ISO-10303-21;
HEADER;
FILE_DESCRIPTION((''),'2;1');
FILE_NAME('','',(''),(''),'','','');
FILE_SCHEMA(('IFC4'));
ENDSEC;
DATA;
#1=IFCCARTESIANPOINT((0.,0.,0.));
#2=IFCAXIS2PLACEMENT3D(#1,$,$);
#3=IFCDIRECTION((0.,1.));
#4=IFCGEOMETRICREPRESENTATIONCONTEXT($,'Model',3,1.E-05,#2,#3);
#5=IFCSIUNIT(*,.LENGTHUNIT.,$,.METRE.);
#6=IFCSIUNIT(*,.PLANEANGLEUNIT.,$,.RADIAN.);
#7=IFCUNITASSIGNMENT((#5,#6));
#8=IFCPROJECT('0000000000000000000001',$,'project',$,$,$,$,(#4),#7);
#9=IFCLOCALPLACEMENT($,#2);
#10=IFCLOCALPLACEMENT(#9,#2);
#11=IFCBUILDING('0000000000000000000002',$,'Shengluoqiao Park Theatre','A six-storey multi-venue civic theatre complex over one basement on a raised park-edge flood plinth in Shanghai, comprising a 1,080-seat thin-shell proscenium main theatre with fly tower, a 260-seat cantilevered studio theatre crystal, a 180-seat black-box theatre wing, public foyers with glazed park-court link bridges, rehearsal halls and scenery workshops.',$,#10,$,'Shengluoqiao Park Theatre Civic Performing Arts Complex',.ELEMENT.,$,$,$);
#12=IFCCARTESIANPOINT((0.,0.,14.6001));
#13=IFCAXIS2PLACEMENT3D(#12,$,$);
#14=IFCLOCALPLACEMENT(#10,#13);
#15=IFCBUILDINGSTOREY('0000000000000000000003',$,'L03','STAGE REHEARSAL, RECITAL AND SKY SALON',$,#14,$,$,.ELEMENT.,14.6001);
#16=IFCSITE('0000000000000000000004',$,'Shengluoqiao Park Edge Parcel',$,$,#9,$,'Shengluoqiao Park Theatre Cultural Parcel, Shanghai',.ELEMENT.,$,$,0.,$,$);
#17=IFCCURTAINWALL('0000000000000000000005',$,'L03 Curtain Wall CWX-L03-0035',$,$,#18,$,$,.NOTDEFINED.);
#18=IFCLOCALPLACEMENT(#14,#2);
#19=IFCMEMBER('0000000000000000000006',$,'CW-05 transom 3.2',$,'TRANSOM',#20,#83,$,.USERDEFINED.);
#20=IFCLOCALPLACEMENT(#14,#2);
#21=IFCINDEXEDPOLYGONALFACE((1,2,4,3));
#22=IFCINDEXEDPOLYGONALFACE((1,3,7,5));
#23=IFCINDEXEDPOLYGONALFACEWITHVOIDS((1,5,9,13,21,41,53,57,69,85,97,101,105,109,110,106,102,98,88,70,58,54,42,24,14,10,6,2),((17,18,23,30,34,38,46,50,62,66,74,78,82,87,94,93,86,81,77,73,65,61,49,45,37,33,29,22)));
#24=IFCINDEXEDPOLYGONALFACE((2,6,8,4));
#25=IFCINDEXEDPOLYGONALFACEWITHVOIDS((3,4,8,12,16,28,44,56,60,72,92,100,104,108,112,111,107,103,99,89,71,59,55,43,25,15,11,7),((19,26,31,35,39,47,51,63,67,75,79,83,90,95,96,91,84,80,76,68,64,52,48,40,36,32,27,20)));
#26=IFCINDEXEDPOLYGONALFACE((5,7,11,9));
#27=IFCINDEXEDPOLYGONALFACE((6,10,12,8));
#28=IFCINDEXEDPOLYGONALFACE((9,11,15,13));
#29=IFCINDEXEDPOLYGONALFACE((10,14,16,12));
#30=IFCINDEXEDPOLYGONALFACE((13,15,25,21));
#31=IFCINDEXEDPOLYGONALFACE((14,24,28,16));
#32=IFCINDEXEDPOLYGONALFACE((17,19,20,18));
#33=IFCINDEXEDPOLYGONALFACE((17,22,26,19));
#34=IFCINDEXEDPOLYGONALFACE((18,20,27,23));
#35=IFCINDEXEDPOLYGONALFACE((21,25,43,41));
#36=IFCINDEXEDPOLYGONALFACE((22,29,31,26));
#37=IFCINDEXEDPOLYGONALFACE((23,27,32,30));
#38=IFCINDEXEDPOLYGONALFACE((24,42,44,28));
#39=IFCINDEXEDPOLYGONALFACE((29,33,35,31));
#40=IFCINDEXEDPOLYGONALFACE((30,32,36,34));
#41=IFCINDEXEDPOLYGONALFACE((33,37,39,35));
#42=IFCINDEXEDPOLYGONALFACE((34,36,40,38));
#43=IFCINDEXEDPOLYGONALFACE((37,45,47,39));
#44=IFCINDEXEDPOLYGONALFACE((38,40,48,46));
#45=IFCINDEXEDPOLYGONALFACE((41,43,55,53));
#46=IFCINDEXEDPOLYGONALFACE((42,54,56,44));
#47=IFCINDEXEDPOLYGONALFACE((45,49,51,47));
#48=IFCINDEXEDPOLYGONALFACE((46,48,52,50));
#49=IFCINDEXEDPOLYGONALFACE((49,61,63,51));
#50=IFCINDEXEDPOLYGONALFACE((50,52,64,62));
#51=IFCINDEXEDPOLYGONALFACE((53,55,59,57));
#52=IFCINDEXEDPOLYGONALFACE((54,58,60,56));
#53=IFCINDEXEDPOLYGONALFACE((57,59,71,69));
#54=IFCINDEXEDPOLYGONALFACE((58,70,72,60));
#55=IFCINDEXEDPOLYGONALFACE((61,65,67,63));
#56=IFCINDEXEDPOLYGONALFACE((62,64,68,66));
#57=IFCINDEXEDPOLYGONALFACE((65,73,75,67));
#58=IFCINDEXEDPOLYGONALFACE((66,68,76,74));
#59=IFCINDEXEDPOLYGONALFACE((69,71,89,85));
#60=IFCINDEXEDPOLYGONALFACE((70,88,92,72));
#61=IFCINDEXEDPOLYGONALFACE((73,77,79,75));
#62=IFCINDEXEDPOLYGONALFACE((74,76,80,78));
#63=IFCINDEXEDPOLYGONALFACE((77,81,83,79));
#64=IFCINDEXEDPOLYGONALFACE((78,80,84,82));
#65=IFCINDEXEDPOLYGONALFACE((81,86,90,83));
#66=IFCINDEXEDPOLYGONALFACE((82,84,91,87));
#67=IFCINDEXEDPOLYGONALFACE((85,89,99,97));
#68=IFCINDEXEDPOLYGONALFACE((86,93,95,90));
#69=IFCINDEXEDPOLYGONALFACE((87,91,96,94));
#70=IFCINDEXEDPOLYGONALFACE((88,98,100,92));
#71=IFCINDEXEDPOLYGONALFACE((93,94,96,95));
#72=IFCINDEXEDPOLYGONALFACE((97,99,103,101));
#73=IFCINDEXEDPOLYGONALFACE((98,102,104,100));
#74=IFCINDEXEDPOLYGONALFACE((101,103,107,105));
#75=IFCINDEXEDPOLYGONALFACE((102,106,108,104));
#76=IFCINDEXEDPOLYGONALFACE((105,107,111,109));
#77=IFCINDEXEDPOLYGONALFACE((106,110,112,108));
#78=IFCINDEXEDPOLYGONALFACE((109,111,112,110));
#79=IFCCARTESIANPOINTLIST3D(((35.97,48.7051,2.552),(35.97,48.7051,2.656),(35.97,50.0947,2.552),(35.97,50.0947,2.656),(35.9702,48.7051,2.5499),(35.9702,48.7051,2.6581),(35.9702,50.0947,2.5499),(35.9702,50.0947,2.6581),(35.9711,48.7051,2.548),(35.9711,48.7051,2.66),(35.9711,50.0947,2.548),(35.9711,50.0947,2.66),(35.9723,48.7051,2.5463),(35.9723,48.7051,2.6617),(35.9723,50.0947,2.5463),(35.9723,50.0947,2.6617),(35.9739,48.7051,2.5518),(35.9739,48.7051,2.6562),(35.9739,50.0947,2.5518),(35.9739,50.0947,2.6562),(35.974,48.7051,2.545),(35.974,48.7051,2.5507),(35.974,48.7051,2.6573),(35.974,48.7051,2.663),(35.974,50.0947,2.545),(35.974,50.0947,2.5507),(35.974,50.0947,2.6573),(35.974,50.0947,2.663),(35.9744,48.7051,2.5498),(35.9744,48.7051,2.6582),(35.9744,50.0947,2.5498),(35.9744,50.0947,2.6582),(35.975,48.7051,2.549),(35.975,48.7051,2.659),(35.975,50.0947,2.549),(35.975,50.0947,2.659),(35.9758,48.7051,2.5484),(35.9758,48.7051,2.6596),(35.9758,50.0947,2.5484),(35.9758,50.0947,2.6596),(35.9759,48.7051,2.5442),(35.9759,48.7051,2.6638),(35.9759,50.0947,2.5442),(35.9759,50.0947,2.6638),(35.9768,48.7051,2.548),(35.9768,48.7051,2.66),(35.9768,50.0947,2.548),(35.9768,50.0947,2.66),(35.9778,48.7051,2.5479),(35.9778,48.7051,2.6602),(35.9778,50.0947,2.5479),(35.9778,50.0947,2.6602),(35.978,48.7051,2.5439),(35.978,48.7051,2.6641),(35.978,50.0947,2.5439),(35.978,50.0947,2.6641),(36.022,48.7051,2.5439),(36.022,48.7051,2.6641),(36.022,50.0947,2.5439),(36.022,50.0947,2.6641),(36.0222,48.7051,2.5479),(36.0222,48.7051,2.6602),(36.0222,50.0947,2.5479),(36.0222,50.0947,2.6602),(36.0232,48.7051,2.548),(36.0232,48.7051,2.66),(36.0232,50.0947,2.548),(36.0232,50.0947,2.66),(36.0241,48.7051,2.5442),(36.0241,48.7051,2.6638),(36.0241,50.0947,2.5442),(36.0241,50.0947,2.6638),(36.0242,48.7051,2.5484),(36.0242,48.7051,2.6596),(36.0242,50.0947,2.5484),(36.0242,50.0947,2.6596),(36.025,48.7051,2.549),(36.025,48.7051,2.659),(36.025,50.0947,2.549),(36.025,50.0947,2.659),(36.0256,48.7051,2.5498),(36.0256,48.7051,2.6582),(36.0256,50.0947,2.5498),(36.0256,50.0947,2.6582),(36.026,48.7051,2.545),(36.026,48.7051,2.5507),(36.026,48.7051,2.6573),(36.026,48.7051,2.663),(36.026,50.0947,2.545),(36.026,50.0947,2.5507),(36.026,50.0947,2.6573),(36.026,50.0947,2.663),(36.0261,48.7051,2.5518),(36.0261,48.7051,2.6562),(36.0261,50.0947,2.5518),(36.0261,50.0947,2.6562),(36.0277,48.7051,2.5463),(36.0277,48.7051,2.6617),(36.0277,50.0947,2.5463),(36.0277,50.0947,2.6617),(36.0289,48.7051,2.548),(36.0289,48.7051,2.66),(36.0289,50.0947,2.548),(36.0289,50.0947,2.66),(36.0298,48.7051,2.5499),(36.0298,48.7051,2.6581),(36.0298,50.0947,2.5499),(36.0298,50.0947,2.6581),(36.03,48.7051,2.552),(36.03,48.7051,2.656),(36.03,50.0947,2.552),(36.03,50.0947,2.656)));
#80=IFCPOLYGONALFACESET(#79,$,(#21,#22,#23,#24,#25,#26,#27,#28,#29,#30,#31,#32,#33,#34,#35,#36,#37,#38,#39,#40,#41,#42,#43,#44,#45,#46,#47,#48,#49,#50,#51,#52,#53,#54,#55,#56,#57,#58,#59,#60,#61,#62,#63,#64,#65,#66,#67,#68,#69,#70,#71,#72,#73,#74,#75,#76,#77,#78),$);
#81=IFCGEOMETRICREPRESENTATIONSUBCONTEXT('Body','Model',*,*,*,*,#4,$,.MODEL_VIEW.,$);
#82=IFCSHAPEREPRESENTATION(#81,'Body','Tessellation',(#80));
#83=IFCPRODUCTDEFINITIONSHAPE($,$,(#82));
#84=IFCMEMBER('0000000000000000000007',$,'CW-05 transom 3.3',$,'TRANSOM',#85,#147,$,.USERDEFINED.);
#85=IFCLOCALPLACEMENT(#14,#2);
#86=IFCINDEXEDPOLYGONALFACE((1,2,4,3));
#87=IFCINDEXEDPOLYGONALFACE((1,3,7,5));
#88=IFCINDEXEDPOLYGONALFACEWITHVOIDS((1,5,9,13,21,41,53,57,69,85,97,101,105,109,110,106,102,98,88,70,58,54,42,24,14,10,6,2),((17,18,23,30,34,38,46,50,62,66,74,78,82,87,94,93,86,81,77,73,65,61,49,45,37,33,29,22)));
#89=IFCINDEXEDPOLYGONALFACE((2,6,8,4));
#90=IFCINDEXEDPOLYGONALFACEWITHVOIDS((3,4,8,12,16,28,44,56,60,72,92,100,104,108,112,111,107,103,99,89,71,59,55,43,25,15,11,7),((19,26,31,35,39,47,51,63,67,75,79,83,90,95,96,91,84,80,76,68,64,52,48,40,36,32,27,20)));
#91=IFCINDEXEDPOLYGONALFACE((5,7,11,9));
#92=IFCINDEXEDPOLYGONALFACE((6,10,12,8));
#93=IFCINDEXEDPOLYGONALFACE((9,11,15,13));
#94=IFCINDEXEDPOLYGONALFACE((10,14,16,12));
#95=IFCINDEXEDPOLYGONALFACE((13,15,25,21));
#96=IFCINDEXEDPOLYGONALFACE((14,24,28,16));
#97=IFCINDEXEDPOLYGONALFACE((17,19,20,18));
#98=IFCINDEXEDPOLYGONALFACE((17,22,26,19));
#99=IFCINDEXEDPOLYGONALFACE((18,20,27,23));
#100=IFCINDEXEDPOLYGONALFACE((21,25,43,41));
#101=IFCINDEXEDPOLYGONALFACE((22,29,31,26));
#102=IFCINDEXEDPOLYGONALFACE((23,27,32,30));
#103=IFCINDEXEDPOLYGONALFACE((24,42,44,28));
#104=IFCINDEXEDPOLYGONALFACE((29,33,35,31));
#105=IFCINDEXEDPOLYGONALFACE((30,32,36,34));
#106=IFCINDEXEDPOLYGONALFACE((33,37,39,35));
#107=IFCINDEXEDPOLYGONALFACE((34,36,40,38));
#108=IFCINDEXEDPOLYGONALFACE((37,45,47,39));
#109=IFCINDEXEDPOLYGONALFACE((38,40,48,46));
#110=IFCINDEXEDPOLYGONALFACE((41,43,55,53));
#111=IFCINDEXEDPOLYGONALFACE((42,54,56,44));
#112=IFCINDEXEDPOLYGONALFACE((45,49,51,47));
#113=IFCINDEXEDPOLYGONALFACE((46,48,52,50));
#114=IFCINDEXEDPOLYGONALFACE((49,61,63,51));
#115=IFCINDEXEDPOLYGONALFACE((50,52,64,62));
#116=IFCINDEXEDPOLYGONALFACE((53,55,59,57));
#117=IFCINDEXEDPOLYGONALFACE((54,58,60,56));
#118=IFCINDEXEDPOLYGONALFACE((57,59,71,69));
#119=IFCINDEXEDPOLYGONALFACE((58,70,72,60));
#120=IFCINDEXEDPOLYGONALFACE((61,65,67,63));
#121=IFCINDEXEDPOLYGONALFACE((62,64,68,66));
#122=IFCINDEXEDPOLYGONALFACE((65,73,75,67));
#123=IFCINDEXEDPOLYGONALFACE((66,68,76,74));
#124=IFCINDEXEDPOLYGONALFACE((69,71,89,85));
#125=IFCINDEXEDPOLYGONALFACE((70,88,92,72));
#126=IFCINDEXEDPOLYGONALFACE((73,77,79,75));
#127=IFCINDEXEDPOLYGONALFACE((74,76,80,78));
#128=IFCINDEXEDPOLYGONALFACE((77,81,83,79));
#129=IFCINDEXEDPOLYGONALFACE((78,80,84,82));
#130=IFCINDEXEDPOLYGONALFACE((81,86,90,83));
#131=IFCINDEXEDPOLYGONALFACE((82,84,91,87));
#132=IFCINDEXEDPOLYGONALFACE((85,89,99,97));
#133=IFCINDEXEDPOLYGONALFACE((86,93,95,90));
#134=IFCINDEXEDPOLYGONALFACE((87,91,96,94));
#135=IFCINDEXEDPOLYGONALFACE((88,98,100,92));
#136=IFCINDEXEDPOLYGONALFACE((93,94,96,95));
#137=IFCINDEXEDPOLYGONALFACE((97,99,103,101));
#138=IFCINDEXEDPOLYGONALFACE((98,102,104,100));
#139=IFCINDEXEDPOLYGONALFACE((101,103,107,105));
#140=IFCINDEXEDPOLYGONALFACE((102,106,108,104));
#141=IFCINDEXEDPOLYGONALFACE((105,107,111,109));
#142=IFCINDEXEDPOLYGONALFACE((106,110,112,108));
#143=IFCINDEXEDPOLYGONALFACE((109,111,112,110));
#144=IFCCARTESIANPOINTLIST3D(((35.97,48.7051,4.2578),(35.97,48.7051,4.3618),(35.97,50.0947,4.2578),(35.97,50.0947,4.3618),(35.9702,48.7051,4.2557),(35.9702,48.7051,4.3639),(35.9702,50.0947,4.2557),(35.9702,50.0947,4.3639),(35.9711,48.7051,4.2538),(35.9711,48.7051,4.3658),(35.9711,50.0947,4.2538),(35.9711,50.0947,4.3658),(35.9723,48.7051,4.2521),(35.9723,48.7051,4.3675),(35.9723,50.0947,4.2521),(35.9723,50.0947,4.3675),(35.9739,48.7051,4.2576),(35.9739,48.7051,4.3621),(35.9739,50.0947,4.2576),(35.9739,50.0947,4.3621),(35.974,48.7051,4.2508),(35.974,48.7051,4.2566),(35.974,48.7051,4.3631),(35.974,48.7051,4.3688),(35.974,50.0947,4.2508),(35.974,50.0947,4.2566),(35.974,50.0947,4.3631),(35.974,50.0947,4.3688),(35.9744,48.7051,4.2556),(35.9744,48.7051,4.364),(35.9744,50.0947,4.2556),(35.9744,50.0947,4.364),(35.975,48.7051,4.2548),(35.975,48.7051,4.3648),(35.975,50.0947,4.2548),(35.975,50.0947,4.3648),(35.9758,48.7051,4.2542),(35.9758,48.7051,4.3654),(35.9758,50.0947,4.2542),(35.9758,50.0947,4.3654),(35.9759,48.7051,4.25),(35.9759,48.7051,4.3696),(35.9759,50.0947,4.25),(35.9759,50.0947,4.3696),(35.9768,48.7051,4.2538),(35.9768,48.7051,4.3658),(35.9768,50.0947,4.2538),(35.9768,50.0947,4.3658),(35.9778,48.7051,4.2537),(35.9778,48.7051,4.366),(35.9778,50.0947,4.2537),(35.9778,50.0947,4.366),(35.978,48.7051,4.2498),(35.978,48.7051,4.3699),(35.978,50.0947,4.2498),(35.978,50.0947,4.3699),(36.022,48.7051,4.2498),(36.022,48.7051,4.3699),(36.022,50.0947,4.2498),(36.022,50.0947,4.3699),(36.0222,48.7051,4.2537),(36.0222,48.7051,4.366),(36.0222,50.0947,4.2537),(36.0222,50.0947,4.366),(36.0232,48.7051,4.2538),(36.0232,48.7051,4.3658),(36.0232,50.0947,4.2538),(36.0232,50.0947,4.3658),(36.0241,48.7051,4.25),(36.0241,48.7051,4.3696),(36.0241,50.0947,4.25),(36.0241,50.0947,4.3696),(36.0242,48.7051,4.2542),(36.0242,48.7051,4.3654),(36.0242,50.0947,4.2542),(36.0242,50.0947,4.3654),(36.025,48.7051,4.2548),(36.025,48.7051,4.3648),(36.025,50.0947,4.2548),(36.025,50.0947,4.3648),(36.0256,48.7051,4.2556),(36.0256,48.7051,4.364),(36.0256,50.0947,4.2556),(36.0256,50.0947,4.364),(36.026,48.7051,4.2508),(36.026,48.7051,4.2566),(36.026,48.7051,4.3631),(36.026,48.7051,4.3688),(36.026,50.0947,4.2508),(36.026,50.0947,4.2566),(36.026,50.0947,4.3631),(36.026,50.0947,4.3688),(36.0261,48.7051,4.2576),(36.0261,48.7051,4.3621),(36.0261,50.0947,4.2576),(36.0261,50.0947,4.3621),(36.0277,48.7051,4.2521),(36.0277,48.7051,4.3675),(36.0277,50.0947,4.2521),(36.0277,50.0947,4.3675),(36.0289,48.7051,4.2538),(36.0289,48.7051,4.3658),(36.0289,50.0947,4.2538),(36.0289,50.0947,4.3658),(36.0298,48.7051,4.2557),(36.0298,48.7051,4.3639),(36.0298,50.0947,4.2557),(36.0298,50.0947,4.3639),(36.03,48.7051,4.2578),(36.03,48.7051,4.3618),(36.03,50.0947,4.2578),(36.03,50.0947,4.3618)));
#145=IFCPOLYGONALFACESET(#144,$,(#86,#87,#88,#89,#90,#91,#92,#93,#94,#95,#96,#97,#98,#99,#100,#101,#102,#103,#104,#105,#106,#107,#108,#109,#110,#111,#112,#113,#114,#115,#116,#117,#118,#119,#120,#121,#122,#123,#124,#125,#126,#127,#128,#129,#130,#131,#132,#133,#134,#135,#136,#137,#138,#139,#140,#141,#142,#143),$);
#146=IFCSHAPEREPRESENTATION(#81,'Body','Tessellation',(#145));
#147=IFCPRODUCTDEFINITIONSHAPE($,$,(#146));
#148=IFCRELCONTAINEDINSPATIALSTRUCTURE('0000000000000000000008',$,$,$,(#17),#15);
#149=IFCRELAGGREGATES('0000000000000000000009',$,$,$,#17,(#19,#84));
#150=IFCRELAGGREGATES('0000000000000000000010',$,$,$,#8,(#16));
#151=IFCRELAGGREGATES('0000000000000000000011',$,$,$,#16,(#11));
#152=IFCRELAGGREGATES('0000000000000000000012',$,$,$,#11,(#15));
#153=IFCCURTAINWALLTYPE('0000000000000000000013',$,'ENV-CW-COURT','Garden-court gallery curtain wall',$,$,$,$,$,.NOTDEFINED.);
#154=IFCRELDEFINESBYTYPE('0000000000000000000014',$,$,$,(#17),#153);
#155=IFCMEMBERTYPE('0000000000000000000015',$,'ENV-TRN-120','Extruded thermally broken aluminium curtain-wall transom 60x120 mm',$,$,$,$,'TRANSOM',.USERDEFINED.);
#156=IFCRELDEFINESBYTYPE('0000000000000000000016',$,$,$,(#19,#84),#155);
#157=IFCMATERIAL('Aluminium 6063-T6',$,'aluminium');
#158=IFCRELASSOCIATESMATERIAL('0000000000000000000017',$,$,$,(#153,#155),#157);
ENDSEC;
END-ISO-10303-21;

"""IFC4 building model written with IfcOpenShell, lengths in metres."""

from ifc_helpers import new_model, si_unit, direction, frame, origin, origin_2d, place, context, subcontext, project, spatial, hollow_rectangle, extrude, material, material_profile, profile_set, type_object, element, aggregate, save


model = new_model("IFC4")

# Units and contexts
model_context = context("Model", 3, precision=1e-05, world=origin(), true_north=direction((0.0, 1.0)))
body_context = subcontext(model_context, "Body", "Model", "MODEL_VIEW")
ifc_project = project(units=[si_unit("LENGTHUNIT", "METRE"), si_unit("PLANEANGLEUNIT", "RADIAN")], contexts=[model_context])

# Site, building, storey
site_placement = place(None, origin())
site = spatial("IfcSite", under=ifc_project, at=site_placement, Name="Shengluoqiao Park Edge Parcel", LongName="Shengluoqiao Park Theatre Cultural Parcel, Shanghai", CompositionType="ELEMENT", RefElevation=0.0)
building_placement = place(site_placement, origin())
building = spatial("IfcBuilding", under=site, at=building_placement, Name="Shengluoqiao Park Theatre", Description="A six-storey multi-venue civic theatre complex over one basement on a raised park-edge flood plinth in Shanghai, comprising a 1,080-seat thin-shell proscenium main theatre with fly tower, a 260-seat cantilevered studio theatre crystal, a 180-seat black-box theatre wing, public foyers with glazed park-court link bridges, rehearsal halls and scenery workshops.", LongName="Shengluoqiao Park Theatre Civic Performing Arts Complex", CompositionType="ELEMENT")
storey_placement = place(building_placement, frame((0.0, 0.0, 14.6001)))
storey = spatial("IfcBuildingStorey", under=building, at=storey_placement, Name="L03", Description="STAGE REHEARSAL, RECITAL AND SKY SALON", CompositionType="ELEMENT", Elevation=14.6001)

# Curtain wall, members
ifc_material_1 = material(Name="Aluminium 6063-T6", Category="aluminium")
curtain_wall_type = type_object("IfcCurtainWallType", Name="ENV-CW-COURT", Description="Garden-court gallery curtain wall", PredefinedType="NOTDEFINED", material=ifc_material_1)
curtain_wall_placement = place(storey_placement, origin())
curtain_wall = element("IfcCurtainWall", 1, at=curtain_wall_placement, inside=storey, type_object=curtain_wall_type, Name="L03 Curtain Wall CWX-L03-0035", PredefinedType="NOTDEFINED")
ifc_material_profile_1 = material_profile(ifc_material_1, hollow_rectangle(XDim=0.0601, YDim=0.1201, WallThickness=0.0039, InnerFilletRadius=0.0039, OuterFilletRadius=0.0081, at=origin_2d()), Name="ALU TRANSOM 120x60x4")
ifc_profile_set_1 = profile_set([ifc_material_profile_1], Name="Aluminium 6063-T6")
member_type_1 = type_object("IfcMemberType", Name="ENV-TRN-120", Description="Extruded thermally broken aluminium curtain-wall transom 60x120 mm", ElementType="TRANSOM", PredefinedType="USERDEFINED", material=ifc_profile_set_1)
member_1_placement = place(storey_placement, frame((36.0, 48.7051, 2.604), z_axis=(0.0, 1.0, 0.0), x_axis=(-1.0, 0.0, 0.0)))
member_1 = element("IfcMember", 2, at=member_1_placement, type_object=member_type_1, Name="CW-05 transom 3.2", ObjectType="TRANSOM", PredefinedType="USERDEFINED", context=body_context, shape_type="SweptSolid", body=[
    extrude(hollow_rectangle(XDim=0.0601, YDim=0.1201, WallThickness=0.0039, InnerFilletRadius=0.0039, OuterFilletRadius=0.0081, at=origin_2d()), origin(), (0.0, 0.0, 1.0), 1.3896),
])
member_2_placement = place(storey_placement, frame((36.0, 48.7051, 4.3098), z_axis=(0.0, 1.0, 0.0), x_axis=(-1.0, 0.0, 0.0)))
member_2 = element("IfcMember", 3, at=member_2_placement, type_object=member_type_1, Name="CW-05 transom 3.3", ObjectType="TRANSOM", PredefinedType="USERDEFINED", context=body_context, shape_type="SweptSolid", body=[
    extrude(hollow_rectangle(XDim=0.0601, YDim=0.1201, WallThickness=0.0039, InnerFilletRadius=0.0039, OuterFilletRadius=0.0081, at=origin_2d()), origin(), (0.0, 0.0, 1.0), 1.3896),
])

aggregate(curtain_wall, [member_1, member_2])

save(model, "model.ifc")
